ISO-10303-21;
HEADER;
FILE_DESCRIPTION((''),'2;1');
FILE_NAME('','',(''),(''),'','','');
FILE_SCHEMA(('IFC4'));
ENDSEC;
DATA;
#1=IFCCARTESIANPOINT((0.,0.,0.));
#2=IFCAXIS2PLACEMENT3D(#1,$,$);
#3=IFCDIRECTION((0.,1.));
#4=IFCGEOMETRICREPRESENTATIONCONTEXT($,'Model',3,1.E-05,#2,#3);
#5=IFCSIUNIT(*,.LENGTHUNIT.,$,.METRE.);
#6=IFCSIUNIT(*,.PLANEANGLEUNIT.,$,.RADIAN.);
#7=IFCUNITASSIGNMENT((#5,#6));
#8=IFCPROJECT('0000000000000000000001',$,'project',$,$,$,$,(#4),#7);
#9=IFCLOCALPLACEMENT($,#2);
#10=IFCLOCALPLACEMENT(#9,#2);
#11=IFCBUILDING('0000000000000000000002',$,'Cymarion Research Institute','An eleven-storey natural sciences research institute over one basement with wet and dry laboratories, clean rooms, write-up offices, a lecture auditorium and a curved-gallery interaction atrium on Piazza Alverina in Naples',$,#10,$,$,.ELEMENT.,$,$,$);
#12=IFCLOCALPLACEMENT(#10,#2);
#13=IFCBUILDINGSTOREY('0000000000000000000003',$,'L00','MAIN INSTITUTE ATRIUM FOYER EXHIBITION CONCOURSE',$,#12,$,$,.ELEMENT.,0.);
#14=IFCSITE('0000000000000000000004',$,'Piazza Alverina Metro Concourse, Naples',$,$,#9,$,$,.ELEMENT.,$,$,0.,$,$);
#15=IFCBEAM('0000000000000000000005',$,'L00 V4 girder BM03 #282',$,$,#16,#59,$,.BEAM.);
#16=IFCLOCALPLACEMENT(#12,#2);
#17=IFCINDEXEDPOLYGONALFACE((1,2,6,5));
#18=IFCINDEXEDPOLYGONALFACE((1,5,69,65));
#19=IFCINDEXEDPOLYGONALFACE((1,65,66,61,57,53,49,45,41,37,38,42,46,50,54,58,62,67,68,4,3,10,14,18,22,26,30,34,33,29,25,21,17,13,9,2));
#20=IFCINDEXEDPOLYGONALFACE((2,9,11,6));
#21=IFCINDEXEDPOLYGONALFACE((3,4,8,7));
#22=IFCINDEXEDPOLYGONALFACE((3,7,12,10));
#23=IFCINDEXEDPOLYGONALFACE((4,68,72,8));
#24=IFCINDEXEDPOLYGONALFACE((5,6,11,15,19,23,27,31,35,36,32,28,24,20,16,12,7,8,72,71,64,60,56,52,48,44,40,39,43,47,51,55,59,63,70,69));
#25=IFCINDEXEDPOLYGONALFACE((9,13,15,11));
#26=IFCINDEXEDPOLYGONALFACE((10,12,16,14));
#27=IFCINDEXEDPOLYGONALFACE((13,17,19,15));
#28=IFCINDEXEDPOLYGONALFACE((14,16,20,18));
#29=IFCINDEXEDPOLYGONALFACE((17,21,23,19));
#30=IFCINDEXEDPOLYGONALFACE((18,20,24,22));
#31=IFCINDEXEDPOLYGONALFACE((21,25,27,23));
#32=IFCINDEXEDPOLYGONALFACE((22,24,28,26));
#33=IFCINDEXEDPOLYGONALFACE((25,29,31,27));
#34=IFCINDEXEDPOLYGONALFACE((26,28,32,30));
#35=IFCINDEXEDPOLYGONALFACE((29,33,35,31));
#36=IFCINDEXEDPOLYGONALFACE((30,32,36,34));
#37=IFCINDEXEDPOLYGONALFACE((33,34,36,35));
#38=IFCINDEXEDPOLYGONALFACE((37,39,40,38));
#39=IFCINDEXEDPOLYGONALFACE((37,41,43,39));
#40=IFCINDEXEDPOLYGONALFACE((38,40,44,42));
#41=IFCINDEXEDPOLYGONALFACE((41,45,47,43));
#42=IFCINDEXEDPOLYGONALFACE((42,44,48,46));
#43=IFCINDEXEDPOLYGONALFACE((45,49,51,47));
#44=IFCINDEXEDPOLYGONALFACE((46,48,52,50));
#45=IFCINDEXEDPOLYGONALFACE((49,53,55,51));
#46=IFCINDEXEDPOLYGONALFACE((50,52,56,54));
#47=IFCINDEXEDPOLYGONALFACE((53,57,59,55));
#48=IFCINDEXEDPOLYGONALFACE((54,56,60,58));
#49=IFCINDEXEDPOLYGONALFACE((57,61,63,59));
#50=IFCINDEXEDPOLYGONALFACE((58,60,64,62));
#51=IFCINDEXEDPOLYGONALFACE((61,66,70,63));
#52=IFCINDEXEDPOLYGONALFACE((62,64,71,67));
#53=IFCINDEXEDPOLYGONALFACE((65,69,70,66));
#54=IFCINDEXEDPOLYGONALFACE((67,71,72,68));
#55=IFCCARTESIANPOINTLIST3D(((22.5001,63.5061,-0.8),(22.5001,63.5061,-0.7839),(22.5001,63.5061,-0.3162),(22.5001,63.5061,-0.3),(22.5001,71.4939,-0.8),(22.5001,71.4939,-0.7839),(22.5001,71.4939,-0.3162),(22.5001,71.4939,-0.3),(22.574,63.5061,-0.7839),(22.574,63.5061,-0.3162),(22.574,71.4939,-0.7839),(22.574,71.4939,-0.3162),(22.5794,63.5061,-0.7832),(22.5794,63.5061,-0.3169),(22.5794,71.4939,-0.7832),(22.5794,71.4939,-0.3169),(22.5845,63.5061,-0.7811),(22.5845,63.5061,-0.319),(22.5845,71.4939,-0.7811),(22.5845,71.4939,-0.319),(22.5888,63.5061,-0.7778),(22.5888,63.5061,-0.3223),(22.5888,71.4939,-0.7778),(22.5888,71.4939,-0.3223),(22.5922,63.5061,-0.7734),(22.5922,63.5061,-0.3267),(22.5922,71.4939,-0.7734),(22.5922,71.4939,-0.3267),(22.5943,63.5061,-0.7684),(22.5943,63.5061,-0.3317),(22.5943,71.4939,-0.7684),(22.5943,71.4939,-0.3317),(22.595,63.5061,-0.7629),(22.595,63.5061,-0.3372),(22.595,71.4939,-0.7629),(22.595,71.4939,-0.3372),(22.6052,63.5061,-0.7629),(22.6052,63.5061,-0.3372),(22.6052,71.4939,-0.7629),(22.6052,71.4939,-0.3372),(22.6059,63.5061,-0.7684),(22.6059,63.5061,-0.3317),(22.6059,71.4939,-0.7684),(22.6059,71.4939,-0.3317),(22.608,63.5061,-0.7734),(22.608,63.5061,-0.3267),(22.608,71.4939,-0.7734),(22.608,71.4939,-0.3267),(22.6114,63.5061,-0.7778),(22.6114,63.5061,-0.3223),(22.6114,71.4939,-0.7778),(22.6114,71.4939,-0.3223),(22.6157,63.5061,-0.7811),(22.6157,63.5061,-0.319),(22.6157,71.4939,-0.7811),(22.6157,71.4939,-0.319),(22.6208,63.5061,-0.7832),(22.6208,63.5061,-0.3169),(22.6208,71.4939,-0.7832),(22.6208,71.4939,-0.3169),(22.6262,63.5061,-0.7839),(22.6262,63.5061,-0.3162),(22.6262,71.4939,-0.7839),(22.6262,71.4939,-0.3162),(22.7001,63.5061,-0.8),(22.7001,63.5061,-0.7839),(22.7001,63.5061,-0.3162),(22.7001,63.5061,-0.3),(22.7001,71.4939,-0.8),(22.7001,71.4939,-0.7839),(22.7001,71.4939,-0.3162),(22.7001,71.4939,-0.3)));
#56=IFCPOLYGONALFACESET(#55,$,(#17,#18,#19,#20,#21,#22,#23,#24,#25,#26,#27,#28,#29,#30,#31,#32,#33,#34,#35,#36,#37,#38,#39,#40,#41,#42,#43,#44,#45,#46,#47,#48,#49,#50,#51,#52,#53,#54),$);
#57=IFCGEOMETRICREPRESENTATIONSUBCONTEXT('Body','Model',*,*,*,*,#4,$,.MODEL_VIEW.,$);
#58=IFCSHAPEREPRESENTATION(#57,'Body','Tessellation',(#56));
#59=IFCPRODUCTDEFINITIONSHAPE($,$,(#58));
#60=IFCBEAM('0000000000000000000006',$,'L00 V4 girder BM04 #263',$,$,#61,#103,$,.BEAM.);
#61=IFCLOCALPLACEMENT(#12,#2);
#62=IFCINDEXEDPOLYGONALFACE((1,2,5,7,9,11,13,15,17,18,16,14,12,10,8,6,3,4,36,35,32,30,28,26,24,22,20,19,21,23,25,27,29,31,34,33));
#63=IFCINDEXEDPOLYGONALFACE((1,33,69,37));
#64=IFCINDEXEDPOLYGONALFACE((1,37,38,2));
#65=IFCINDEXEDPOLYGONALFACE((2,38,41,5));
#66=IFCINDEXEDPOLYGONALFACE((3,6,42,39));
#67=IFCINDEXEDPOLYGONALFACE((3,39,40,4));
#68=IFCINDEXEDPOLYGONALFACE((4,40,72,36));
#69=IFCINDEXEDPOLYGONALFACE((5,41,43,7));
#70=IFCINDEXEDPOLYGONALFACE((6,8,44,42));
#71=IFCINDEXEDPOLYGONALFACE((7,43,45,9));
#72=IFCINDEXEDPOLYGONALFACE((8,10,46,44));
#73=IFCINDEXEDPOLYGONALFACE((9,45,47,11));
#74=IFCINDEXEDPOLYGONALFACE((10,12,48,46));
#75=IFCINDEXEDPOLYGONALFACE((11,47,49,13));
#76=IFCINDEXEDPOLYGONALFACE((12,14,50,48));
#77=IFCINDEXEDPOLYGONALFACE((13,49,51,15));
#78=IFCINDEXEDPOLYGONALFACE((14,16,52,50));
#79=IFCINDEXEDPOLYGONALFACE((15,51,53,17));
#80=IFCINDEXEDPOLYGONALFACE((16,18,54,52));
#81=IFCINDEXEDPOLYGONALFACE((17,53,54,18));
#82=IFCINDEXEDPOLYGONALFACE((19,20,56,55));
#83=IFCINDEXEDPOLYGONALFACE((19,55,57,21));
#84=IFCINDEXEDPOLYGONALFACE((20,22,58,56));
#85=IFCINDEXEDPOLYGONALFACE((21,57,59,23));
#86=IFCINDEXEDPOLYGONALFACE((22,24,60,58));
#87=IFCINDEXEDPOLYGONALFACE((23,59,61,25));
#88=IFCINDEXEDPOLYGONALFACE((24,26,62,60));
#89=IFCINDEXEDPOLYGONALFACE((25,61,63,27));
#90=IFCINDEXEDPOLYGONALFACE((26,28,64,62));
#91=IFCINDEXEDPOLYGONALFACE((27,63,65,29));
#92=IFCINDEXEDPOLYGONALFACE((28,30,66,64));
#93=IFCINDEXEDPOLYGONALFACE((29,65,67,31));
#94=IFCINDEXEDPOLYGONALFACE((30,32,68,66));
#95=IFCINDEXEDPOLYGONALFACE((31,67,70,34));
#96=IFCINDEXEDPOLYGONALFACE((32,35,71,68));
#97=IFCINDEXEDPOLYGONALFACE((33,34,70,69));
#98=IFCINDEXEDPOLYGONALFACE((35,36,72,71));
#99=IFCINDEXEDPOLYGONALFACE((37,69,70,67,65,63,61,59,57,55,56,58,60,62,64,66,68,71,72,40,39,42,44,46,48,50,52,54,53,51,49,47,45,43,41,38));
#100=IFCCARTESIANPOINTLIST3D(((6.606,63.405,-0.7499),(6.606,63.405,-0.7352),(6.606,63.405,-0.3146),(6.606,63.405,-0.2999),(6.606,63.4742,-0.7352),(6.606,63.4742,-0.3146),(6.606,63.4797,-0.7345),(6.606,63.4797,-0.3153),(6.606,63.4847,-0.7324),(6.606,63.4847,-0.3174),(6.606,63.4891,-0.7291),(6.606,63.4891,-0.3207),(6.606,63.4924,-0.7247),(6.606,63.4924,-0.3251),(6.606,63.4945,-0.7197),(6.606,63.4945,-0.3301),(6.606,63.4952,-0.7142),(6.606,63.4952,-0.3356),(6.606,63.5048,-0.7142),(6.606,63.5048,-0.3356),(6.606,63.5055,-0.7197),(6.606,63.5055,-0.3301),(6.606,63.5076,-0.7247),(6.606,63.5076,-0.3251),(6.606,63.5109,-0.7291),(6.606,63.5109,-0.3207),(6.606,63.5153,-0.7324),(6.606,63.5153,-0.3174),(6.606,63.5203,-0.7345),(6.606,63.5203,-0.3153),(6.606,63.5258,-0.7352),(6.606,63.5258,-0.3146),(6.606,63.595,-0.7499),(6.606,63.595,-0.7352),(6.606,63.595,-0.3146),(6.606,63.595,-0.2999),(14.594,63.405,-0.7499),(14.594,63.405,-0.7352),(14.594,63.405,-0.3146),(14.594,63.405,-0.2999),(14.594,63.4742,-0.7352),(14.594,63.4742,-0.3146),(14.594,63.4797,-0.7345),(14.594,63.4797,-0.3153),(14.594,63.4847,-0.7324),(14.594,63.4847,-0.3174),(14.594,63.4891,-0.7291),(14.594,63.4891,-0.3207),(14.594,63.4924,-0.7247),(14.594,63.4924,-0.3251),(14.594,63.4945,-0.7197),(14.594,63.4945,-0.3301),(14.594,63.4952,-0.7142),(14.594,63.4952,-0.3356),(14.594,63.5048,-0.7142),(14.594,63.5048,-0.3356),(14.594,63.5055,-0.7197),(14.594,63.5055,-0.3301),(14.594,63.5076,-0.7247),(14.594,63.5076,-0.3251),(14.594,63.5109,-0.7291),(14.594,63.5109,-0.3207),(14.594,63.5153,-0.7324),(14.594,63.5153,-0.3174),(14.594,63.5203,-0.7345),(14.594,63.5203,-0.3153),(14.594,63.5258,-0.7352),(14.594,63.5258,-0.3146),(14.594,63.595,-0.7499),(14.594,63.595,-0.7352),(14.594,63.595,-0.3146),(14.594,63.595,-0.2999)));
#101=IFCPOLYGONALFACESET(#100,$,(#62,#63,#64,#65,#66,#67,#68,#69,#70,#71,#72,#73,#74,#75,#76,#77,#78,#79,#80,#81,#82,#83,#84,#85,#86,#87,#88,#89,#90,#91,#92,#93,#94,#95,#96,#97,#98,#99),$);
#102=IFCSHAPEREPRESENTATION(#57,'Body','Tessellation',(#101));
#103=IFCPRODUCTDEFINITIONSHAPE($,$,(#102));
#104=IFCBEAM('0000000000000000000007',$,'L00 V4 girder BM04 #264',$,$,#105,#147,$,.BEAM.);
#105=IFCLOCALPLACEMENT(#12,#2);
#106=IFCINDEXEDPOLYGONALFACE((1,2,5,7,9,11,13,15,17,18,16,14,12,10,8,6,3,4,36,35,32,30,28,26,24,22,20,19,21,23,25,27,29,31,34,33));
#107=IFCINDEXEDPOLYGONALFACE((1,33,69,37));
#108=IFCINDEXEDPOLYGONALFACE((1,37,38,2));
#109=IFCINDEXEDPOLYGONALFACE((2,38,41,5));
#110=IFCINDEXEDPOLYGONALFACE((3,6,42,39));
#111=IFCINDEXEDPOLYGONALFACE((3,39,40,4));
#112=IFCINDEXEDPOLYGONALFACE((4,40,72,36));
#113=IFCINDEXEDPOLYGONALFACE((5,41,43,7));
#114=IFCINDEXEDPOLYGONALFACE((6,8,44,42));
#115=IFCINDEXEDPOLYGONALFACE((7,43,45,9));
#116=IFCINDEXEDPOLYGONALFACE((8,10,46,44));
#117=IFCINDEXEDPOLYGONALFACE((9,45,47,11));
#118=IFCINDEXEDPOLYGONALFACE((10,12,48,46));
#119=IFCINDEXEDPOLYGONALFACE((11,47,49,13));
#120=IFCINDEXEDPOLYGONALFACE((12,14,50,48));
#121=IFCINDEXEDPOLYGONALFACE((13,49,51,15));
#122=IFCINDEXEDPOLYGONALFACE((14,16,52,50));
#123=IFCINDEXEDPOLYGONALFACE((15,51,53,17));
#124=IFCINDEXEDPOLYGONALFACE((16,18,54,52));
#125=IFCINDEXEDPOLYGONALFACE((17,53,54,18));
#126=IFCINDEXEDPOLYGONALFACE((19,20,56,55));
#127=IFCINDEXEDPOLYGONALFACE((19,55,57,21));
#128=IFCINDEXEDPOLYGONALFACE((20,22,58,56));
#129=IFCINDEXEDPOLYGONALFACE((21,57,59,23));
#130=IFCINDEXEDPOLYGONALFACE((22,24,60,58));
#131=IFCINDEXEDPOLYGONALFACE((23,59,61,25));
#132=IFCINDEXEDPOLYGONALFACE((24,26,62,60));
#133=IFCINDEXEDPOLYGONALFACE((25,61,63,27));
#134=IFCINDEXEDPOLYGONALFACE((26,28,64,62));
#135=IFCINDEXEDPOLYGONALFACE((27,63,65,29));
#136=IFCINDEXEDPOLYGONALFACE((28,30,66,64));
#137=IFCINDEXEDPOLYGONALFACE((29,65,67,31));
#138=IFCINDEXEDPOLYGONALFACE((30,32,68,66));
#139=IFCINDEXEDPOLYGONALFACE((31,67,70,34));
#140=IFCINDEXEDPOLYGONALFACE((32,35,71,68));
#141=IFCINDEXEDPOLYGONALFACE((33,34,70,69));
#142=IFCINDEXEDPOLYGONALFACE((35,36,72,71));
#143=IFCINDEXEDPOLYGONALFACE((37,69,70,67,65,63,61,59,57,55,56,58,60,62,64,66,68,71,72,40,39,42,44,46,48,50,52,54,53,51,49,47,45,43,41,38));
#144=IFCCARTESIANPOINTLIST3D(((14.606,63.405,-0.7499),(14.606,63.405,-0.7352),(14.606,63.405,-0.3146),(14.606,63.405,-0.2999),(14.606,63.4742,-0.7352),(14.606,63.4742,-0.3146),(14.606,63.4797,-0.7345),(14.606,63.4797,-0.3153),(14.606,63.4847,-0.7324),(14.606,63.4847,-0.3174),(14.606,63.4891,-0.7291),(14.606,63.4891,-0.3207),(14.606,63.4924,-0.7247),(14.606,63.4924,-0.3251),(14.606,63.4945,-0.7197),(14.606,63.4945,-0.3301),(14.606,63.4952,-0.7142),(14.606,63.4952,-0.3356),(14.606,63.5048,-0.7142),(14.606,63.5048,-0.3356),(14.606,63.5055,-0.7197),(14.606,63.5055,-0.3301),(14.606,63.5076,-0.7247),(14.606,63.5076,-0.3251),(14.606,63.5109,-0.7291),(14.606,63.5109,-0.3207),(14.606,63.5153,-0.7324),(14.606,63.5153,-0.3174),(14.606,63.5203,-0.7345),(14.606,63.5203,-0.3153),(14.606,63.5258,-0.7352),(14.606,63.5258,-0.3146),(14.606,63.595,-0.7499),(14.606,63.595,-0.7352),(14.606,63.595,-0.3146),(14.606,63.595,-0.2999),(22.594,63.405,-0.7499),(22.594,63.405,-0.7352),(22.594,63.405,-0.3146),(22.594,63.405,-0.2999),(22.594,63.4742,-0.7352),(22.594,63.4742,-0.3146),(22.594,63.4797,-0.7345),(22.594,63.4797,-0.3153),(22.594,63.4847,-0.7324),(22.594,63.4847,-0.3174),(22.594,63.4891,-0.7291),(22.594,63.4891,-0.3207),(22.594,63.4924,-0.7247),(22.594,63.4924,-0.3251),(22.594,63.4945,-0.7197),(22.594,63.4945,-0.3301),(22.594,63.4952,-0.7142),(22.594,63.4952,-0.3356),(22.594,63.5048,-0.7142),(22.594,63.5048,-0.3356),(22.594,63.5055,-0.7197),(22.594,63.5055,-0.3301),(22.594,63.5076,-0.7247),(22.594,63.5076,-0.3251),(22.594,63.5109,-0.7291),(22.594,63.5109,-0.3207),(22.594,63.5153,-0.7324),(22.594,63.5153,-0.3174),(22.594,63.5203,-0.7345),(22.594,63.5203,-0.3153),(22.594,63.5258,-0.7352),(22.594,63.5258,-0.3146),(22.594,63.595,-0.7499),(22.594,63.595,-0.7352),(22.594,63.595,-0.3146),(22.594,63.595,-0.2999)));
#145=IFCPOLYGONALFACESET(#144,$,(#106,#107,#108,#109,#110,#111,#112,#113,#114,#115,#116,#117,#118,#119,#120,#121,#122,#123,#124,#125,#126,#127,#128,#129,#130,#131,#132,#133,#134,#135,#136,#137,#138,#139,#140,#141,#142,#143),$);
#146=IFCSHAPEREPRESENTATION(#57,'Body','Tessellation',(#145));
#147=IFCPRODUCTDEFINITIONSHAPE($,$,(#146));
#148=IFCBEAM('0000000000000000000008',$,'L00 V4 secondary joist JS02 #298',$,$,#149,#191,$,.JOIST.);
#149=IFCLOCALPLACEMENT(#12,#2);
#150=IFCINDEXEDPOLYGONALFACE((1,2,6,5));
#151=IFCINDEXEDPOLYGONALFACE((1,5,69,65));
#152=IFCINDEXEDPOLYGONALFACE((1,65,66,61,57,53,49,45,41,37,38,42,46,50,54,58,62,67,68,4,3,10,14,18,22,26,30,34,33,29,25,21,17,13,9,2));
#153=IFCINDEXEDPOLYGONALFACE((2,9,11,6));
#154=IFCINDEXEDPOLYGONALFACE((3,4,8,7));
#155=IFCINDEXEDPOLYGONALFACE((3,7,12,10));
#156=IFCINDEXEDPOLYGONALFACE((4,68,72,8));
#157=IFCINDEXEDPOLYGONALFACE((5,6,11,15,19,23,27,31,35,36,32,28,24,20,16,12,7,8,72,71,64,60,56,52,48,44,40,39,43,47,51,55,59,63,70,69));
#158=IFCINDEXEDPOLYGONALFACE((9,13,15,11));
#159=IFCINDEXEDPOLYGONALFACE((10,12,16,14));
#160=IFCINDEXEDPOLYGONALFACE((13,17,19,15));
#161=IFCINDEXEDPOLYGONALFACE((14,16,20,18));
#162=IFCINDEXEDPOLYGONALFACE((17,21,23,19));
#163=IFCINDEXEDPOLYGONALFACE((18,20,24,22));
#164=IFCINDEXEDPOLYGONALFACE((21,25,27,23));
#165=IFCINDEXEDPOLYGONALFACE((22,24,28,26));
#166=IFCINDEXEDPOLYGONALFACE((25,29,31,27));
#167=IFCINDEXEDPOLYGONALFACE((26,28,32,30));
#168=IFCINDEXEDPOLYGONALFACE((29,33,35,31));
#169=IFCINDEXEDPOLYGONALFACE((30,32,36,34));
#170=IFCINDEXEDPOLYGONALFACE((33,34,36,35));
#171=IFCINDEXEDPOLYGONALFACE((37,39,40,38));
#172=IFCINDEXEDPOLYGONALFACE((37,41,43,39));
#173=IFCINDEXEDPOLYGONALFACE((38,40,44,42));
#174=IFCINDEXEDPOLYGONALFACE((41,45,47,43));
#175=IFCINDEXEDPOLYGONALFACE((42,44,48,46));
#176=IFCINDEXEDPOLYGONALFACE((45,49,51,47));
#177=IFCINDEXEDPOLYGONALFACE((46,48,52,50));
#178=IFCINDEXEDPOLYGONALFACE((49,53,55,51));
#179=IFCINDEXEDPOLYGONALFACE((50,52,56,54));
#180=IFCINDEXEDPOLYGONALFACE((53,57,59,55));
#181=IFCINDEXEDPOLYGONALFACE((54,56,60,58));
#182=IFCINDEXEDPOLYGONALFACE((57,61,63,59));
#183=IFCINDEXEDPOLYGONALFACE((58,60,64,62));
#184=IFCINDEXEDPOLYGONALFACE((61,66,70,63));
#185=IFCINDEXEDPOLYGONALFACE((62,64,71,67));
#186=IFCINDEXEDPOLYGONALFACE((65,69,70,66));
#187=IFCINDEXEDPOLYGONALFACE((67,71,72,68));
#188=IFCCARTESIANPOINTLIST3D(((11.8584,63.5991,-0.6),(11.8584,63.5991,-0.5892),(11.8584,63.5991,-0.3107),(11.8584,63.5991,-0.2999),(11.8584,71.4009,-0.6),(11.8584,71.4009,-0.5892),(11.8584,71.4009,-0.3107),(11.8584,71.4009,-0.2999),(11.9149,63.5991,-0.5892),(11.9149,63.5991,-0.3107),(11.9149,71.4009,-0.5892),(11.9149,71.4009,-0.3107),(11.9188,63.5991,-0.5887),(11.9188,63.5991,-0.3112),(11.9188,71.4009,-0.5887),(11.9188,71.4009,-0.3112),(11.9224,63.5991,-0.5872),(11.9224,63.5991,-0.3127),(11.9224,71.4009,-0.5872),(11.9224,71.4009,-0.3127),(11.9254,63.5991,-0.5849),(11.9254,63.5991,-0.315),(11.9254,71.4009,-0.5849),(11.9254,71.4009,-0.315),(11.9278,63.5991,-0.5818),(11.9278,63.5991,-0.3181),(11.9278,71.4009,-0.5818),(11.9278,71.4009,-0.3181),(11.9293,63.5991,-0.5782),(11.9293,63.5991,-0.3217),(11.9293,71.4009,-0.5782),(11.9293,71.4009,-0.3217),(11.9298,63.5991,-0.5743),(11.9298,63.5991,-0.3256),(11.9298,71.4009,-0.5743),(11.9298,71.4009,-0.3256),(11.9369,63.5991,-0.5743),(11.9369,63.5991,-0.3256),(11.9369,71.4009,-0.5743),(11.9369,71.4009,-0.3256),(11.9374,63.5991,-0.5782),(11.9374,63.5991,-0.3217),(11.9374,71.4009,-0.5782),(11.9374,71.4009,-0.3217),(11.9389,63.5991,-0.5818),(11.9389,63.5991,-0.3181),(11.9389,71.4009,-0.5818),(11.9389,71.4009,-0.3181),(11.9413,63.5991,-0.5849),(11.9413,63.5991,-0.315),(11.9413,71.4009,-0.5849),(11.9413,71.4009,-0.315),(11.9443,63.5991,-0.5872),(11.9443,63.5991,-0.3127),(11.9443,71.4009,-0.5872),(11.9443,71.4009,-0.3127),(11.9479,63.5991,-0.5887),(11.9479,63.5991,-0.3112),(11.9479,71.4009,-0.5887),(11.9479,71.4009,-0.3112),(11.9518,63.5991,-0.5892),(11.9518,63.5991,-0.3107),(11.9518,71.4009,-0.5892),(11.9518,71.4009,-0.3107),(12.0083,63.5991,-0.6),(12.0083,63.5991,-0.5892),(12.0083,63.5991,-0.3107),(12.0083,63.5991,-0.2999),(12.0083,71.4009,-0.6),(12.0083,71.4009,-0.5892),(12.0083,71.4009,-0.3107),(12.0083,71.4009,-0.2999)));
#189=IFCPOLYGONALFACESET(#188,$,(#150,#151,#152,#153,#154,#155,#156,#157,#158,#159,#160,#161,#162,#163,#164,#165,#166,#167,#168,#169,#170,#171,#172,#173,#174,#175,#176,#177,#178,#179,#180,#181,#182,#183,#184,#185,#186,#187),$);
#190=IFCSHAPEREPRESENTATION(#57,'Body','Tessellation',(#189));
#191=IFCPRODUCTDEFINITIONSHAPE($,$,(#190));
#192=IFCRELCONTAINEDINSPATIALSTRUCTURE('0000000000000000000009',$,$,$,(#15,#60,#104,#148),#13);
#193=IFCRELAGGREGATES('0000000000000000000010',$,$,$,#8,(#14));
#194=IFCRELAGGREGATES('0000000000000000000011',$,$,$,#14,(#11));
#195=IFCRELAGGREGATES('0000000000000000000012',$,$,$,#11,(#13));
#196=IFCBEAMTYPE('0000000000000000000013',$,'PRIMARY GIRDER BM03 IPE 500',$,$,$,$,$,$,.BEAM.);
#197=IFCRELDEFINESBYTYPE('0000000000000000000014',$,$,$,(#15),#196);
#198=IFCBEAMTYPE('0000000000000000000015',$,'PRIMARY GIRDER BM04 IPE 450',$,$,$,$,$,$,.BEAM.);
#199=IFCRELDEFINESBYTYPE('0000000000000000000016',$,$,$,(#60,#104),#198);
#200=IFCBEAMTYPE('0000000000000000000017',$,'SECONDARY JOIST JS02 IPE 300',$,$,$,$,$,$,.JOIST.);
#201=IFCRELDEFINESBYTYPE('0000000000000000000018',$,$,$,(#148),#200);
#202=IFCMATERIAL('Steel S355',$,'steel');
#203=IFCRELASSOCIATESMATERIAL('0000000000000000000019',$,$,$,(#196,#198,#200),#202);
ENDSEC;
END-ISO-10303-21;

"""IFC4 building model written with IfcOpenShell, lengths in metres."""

from ifc_helpers import new_model, si_unit, direction, frame, origin, origin_2d, place, context, subcontext, project, spatial, i_section, extrude, material, material_profile, profile_set, type_object, element, save


model = new_model("IFC4")

# Units and contexts
model_context = context("Model", 3, precision=1e-05, world=origin(), true_north=direction((0.0, 1.0)))
body_context = subcontext(model_context, "Body", "Model", "MODEL_VIEW")
ifc_project = project(units=[si_unit("LENGTHUNIT", "METRE"), si_unit("PLANEANGLEUNIT", "RADIAN")], contexts=[model_context])

# Site, building, storey
site_placement = place(None, origin())
site = spatial("IfcSite", under=ifc_project, at=site_placement, Name="Piazza Alverina Metro Concourse, Naples", CompositionType="ELEMENT", RefElevation=0.0)
building_placement = place(site_placement, origin())
building = spatial("IfcBuilding", under=site, at=building_placement, Name="Cymarion Research Institute", Description="An eleven-storey natural sciences research institute over one basement with wet and dry laboratories, clean rooms, write-up offices, a lecture auditorium and a curved-gallery interaction atrium on Piazza Alverina in Naples", CompositionType="ELEMENT")
storey_placement = place(building_placement, origin())
storey = spatial("IfcBuildingStorey", under=building, at=storey_placement, Name="L00", Description="MAIN INSTITUTE ATRIUM FOYER EXHIBITION CONCOURSE", CompositionType="ELEMENT", Elevation=0.0)

# Shared definitions
ifc_material_1 = material(Name="Steel S355", Category="steel")

# Beams
ifc_material_profile_1 = material_profile(ifc_material_1, i_section(OverallWidth=0.2, OverallDepth=0.5, WebThickness=0.0103, FlangeThickness=0.0161, FilletRadius=0.021, at=origin_2d()), Name="IPE 500")
ifc_profile_set_1 = profile_set([ifc_material_profile_1], Name="Steel S355")
beam_type_1 = type_object("IfcBeamType", Name="PRIMARY GIRDER BM03 IPE 500", PredefinedType="BEAM", material=ifc_profile_set_1)
for number, where, z_axis, x_axis, name in (
    (1, (22.6001, 63.5061, -0.55), (0.0, 1.0, 0.0), (-1.0, 0.0, 0.0), "L00 V4 girder BM03 #282"),
):
    element("IfcBeam", number, at=place(storey_placement, frame(where, z_axis=z_axis, x_axis=x_axis)), inside=storey, type_object=beam_type_1, Name=name, PredefinedType="BEAM", context=body_context, shape_type="SweptSolid", body=[
        extrude(i_section(OverallWidth=0.2, OverallDepth=0.5, WebThickness=0.0103, FlangeThickness=0.0161, FilletRadius=0.021, at=origin_2d()), origin(), (0.0, 0.0, 1.0), 7.9878),
    ])
ifc_material_profile_2 = material_profile(ifc_material_1, i_section(OverallWidth=0.1899, OverallDepth=0.45, WebThickness=0.0095, FlangeThickness=0.0146, FilletRadius=0.021, at=origin_2d()), Name="IPE 450")
ifc_profile_set_2 = profile_set([ifc_material_profile_2], Name="Steel S355")
beam_type_2 = type_object("IfcBeamType", Name="PRIMARY GIRDER BM04 IPE 450", PredefinedType="BEAM", material=ifc_profile_set_2)
for number, where, z_axis, x_axis, name in (
    (2, (6.606, 63.5, -0.5249), (1.0, 0.0, 0.0), (0.0, 1.0, 0.0), "L00 V4 girder BM04 #263"),
    (3, (14.606, 63.5, -0.5249), (1.0, 0.0, 0.0), (0.0, 1.0, 0.0), "L00 V4 girder BM04 #264"),
):
    element("IfcBeam", number, at=place(storey_placement, frame(where, z_axis=z_axis, x_axis=x_axis)), inside=storey, type_object=beam_type_2, Name=name, PredefinedType="BEAM", context=body_context, shape_type="SweptSolid", body=[
        extrude(i_section(OverallWidth=0.1899, OverallDepth=0.45, WebThickness=0.0095, FlangeThickness=0.0146, FilletRadius=0.021, at=origin_2d()), origin(), (0.0, 0.0, 1.0), 7.988),
    ])
ifc_material_profile_3 = material_profile(ifc_material_1, i_section(OverallWidth=0.1499, OverallDepth=0.3, WebThickness=0.0071, FlangeThickness=0.0107, FilletRadius=0.0149, at=origin_2d()), Name="IPE 300")
ifc_profile_set_3 = profile_set([ifc_material_profile_3], Name="Steel S355")
beam_type_3 = type_object("IfcBeamType", Name="SECONDARY JOIST JS02 IPE 300", PredefinedType="JOIST", material=ifc_profile_set_3)
for number, where, z_axis, x_axis, name in (
    (4, (11.9333, 63.5991, -0.45), (0.0, 1.0, 0.0), (-1.0, 0.0, 0.0), "L00 V4 secondary joist JS02 #298"),
):
    element("IfcBeam", number, at=place(storey_placement, frame(where, z_axis=z_axis, x_axis=x_axis)), inside=storey, type_object=beam_type_3, Name=name, PredefinedType="JOIST", context=body_context, shape_type="SweptSolid", body=[
        extrude(i_section(OverallWidth=0.1499, OverallDepth=0.3, WebThickness=0.0071, FlangeThickness=0.0107, FilletRadius=0.0149, at=origin_2d()), origin(), (0.0, 0.0, 1.0), 7.8018),
    ])

save(model, "model.ifc")
